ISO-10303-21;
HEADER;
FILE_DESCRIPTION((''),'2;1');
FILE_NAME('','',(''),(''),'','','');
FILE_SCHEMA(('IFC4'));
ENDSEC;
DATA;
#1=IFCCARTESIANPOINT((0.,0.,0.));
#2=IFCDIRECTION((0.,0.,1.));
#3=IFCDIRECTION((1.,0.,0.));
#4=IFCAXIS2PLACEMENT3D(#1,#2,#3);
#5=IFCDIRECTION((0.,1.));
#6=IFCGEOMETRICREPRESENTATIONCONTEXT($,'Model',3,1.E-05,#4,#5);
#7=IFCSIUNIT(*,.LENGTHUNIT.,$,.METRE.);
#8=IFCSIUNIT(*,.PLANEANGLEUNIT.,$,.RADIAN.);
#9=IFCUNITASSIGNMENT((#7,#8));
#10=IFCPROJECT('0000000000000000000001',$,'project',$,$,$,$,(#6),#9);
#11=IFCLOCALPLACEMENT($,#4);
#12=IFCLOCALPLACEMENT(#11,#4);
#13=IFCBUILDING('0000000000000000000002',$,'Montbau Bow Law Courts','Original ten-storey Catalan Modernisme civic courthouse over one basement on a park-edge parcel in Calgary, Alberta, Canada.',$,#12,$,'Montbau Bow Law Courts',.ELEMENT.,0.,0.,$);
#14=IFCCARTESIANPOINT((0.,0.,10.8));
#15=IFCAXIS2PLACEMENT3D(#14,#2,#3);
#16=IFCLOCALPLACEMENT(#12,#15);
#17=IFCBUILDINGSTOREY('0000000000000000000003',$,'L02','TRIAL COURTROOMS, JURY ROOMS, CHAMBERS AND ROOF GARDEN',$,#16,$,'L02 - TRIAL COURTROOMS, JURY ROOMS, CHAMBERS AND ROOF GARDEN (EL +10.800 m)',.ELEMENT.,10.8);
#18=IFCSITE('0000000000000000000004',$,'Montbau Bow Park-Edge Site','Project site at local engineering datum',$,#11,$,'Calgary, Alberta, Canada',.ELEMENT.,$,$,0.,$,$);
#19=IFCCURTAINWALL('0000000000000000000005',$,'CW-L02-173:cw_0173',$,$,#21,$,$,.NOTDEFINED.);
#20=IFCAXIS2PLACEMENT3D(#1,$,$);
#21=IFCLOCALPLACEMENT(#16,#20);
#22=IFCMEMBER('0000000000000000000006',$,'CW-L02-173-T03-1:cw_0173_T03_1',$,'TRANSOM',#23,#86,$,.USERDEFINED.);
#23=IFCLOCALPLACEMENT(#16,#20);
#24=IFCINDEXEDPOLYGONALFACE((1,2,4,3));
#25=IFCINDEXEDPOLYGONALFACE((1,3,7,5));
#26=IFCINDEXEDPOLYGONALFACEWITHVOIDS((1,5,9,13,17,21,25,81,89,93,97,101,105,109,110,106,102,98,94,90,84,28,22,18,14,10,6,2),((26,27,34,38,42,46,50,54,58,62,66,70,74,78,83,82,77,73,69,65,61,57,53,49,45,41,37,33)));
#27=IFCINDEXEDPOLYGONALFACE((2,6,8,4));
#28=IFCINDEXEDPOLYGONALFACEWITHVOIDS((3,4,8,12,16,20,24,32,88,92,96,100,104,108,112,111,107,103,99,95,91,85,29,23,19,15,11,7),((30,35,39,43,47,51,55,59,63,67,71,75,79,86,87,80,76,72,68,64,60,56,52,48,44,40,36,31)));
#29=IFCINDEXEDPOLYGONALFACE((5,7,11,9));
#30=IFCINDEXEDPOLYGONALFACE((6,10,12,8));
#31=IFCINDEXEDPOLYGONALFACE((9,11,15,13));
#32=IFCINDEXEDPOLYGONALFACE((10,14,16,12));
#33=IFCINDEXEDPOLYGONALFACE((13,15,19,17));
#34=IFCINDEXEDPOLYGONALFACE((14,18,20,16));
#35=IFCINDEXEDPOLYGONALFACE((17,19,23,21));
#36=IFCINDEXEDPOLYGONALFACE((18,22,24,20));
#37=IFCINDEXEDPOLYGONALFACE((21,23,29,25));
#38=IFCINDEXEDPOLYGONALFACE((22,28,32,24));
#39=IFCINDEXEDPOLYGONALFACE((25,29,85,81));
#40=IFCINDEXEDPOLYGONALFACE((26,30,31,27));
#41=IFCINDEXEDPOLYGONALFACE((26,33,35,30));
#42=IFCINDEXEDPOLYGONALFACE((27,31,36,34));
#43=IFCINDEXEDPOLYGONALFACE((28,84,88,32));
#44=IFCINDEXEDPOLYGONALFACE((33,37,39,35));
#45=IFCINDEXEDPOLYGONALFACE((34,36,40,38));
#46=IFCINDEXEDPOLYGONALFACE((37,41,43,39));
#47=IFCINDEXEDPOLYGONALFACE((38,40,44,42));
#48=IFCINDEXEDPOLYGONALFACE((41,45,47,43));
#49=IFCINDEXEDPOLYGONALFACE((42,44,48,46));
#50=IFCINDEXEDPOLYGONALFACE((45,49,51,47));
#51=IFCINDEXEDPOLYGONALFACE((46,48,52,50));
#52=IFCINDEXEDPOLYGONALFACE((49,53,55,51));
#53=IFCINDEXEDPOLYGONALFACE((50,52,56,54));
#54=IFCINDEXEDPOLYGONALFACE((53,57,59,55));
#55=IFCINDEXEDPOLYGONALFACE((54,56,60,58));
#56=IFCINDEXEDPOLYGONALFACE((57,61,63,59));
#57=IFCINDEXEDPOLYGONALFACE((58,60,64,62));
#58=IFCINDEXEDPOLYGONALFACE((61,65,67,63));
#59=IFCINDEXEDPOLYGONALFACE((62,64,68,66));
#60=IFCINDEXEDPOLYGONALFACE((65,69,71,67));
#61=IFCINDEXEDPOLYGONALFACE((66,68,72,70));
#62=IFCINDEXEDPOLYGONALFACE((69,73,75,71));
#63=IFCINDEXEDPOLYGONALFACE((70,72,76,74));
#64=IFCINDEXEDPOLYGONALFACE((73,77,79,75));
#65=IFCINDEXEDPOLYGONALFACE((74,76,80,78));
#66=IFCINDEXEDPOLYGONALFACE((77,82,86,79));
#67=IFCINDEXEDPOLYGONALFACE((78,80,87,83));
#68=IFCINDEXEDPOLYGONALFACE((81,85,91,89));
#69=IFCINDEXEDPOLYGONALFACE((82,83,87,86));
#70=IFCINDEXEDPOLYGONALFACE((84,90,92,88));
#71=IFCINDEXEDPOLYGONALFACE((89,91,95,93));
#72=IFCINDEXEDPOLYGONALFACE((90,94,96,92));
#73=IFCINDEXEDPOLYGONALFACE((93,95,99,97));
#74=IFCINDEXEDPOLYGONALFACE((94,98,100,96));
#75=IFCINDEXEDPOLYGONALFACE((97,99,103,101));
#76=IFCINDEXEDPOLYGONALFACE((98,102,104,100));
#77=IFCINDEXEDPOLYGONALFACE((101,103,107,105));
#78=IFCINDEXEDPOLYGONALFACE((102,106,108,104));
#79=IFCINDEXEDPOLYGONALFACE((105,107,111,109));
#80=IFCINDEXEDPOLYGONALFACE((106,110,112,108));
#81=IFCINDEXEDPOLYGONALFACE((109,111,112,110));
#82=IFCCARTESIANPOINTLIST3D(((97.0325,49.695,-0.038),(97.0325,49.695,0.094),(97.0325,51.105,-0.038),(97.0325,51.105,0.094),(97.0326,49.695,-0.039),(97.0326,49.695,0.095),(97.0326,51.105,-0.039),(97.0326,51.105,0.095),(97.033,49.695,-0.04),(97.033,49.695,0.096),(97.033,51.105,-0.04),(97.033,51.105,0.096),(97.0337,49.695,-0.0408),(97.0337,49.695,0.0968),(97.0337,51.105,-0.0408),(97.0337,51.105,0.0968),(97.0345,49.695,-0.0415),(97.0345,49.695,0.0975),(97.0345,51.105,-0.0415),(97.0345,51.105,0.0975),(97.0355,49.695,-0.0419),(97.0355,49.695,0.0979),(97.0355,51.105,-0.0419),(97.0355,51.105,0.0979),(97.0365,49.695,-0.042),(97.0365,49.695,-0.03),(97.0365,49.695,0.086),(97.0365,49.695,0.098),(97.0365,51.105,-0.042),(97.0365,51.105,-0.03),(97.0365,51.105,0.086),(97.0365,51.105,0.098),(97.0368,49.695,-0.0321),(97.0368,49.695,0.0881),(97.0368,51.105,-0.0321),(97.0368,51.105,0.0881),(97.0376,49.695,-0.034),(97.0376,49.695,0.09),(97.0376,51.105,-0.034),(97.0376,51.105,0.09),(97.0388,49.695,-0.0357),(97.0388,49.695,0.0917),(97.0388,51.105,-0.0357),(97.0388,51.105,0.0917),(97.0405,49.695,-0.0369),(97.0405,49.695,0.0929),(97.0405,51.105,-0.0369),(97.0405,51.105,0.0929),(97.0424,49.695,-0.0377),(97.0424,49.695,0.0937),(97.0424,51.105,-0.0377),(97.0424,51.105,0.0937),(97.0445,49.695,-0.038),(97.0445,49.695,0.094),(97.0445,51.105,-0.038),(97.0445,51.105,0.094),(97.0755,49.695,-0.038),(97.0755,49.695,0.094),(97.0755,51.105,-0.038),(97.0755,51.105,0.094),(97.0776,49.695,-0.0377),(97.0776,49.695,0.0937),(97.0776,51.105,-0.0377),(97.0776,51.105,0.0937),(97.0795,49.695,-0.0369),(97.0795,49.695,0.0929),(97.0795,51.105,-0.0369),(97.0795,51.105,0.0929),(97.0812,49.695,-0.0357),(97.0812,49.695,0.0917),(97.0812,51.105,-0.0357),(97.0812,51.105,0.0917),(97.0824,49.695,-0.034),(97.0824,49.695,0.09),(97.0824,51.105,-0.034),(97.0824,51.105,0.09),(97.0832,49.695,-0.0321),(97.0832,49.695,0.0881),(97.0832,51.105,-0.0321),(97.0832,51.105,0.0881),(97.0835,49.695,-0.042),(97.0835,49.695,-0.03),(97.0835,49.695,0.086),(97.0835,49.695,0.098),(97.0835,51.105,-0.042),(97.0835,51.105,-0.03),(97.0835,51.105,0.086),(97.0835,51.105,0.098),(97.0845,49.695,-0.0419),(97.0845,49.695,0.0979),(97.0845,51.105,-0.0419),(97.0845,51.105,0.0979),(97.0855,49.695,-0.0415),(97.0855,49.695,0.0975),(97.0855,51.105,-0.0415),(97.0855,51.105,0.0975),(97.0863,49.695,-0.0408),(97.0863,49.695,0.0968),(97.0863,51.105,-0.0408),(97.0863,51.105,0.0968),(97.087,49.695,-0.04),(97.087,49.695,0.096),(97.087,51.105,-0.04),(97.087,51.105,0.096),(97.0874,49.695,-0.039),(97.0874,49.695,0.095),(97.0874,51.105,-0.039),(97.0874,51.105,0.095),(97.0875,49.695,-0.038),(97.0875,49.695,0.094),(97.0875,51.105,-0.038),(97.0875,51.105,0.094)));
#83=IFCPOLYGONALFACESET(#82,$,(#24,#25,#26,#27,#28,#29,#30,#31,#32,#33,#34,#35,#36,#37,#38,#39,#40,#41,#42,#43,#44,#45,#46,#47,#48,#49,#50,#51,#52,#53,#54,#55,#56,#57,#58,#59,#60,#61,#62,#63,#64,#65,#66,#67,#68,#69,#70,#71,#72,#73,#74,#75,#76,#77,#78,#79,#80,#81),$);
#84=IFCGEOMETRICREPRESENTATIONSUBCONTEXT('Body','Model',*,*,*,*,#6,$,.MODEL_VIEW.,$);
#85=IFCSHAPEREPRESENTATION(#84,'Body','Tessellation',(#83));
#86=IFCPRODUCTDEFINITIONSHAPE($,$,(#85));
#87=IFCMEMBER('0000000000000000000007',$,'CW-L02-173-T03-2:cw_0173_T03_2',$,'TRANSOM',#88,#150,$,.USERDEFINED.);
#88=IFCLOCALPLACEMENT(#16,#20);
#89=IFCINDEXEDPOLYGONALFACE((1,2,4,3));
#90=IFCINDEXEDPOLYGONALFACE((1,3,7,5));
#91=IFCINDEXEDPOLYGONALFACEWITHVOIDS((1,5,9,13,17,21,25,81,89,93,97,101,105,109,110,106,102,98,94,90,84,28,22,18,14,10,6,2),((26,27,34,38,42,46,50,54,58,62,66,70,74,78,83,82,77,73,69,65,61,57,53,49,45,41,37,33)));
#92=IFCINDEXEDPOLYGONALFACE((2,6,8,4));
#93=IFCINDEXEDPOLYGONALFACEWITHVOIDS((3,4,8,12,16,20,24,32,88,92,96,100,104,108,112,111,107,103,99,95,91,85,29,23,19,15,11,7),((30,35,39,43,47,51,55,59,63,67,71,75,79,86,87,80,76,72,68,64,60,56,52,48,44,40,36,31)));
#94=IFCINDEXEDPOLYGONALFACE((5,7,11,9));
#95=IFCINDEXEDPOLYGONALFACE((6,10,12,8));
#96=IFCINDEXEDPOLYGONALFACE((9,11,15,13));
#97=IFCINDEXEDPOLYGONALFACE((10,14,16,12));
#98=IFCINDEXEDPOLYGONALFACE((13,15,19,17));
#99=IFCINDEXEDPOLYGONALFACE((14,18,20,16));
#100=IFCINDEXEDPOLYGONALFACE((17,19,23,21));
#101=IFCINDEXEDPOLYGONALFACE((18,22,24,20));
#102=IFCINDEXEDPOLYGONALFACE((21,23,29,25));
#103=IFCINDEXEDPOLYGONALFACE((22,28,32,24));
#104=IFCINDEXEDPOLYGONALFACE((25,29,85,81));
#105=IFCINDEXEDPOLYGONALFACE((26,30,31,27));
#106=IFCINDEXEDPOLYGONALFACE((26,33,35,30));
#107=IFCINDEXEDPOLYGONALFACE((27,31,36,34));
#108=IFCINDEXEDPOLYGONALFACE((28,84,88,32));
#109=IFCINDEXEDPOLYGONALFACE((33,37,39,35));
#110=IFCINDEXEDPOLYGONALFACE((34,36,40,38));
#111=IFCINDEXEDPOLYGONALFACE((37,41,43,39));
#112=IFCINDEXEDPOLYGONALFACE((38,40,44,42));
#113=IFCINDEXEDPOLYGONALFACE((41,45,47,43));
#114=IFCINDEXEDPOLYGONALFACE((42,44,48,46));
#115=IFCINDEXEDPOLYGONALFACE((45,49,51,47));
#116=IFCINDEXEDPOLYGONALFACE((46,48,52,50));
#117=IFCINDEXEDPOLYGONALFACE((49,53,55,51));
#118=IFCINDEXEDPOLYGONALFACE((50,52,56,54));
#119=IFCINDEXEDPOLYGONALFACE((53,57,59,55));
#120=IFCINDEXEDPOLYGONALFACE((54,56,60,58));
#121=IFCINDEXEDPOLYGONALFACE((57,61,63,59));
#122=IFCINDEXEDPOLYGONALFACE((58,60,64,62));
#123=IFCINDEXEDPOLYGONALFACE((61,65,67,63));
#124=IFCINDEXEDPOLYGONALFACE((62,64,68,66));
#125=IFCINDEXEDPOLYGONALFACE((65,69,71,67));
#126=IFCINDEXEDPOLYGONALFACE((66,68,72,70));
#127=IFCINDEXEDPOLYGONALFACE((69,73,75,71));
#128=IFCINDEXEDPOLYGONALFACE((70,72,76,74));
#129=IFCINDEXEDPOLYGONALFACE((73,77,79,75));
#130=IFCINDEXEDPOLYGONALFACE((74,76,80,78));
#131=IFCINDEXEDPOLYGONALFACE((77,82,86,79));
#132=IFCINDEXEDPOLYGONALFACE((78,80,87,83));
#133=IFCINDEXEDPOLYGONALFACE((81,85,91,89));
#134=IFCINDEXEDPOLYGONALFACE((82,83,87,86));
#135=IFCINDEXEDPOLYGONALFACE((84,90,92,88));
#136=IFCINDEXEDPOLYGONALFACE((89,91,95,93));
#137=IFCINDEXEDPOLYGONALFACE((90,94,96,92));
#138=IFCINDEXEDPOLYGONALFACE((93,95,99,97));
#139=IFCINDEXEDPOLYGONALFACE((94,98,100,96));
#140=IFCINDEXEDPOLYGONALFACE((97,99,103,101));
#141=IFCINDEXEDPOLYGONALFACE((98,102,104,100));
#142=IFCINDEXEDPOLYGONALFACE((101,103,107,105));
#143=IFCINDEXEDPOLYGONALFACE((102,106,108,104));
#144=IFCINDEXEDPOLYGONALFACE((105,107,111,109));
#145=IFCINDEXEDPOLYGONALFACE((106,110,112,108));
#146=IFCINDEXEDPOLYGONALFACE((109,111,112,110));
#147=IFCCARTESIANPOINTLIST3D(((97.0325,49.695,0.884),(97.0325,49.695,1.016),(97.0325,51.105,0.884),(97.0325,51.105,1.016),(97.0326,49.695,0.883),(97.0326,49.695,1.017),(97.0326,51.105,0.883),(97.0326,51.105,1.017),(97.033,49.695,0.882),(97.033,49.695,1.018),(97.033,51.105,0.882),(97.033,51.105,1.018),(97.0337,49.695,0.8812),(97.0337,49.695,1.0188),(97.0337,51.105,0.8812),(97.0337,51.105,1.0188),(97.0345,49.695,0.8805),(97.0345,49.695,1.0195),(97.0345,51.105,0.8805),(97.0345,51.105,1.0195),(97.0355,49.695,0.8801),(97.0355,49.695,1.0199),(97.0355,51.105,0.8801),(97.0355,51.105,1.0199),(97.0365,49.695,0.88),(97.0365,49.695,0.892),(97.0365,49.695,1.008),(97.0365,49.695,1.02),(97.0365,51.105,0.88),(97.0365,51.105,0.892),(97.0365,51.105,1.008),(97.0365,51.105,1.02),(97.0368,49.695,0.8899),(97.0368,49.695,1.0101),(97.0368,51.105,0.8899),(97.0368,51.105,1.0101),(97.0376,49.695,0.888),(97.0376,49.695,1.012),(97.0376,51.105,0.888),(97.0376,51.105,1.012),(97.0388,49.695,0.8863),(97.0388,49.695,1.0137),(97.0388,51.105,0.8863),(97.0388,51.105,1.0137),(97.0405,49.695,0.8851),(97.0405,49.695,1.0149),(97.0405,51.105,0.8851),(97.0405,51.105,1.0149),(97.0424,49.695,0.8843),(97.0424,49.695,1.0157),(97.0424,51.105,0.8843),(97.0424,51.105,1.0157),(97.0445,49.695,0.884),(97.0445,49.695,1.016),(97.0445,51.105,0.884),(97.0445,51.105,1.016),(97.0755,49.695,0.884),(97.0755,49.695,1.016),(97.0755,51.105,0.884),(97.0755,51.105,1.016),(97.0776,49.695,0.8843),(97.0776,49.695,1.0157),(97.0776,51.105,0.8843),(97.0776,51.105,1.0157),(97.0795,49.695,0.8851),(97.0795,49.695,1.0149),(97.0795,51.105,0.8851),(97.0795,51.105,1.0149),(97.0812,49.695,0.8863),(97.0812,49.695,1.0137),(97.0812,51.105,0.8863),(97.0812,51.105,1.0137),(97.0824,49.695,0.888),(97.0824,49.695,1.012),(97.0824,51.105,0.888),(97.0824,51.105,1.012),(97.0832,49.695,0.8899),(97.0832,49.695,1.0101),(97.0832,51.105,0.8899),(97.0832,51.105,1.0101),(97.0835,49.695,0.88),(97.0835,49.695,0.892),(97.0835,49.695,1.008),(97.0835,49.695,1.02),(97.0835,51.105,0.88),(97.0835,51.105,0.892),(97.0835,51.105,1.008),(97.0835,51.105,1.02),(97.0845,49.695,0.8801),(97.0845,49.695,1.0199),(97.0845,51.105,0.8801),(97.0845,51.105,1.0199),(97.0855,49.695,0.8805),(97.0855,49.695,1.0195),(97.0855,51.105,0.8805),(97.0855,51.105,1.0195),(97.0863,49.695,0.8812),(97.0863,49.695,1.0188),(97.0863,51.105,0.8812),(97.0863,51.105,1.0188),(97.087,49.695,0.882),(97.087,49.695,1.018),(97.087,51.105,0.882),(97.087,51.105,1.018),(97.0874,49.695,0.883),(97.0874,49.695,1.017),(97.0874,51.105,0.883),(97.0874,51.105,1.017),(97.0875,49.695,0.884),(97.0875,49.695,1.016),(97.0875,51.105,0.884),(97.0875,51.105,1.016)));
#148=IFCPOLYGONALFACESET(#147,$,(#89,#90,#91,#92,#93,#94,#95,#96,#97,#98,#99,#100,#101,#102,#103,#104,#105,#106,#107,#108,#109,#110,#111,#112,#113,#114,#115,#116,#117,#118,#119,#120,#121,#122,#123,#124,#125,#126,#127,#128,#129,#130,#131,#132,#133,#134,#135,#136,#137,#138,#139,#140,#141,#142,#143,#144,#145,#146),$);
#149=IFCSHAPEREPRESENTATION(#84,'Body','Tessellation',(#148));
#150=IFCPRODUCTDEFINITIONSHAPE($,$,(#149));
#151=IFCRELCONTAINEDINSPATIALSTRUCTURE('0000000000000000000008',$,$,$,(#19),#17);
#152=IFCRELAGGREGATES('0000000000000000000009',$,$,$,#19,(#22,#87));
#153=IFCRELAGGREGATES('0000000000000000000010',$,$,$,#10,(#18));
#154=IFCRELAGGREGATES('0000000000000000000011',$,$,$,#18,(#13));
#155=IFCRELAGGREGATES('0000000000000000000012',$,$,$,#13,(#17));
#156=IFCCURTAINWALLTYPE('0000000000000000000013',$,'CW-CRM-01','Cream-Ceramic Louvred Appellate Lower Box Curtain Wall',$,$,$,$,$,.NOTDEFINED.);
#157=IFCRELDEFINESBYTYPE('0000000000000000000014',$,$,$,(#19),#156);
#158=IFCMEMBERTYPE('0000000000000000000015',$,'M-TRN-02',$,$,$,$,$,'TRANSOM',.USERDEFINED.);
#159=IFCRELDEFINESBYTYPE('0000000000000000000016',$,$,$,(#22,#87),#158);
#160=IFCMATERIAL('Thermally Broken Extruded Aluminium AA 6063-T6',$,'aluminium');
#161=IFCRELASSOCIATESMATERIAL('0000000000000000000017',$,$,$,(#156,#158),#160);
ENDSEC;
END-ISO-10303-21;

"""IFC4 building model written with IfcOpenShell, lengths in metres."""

from ifc_helpers import new_model, si_unit, direction, frame, origin_with_axes, origin_2d_with_axis, place, context, subcontext, project, spatial, hollow_rectangle, extrude, material, material_profile, profile_set, type_object, element, aggregate, save


model = new_model("IFC4")

# Units and contexts
model_context = context("Model", 3, precision=1e-05, world=origin_with_axes(), true_north=direction((0.0, 1.0)))
body_context = subcontext(model_context, "Body", "Model", "MODEL_VIEW")
ifc_project = project(units=[si_unit("LENGTHUNIT", "METRE"), si_unit("PLANEANGLEUNIT", "RADIAN")], contexts=[model_context])

# Site, building, storey
site_placement = place(None, origin_with_axes())
site = spatial("IfcSite", under=ifc_project, at=site_placement, Name="Montbau Bow Park-Edge Site", Description="Project site at local engineering datum", LongName="Calgary, Alberta, Canada", CompositionType="ELEMENT", RefElevation=0.0)
building_placement = place(site_placement, origin_with_axes())
building = spatial("IfcBuilding", under=site, at=building_placement, Name="Montbau Bow Law Courts", Description="Original ten-storey Catalan Modernisme civic courthouse over one basement on a park-edge parcel in Calgary, Alberta, Canada.", LongName="Montbau Bow Law Courts", CompositionType="ELEMENT", ElevationOfRefHeight=0.0, ElevationOfTerrain=0.0)
storey_placement = place(building_placement, frame((0.0, 0.0, 10.8), z_axis=(0.0, 0.0, 1.0), x_axis=(1.0, 0.0, 0.0)))
storey = spatial("IfcBuildingStorey", under=building, at=storey_placement, Name="L02", Description="TRIAL COURTROOMS, JURY ROOMS, CHAMBERS AND ROOF GARDEN", LongName="L02 - TRIAL COURTROOMS, JURY ROOMS, CHAMBERS AND ROOF GARDEN (EL +10.800 m)", CompositionType="ELEMENT", Elevation=10.8)

# Curtain wall, members
ifc_material_1 = material(Name="Thermally Broken Extruded Aluminium AA 6063-T6", Category="aluminium")
curtain_wall_type = type_object("IfcCurtainWallType", Name="CW-CRM-01", Description="Cream-Ceramic Louvred Appellate Lower Box Curtain Wall", PredefinedType="NOTDEFINED", material=ifc_material_1)
curtain_wall_placement = place(None, frame((97.06, 46.715, 10.8), z_axis=(0.0, 0.0, 1.0), x_axis=(1.0, 0.0, 0.0)))
curtain_wall = element("IfcCurtainWall", 1, at=curtain_wall_placement, inside=storey, type_object=curtain_wall_type, Name="CW-L02-173:cw_0173", PredefinedType="NOTDEFINED")
ifc_material_profile_1 = material_profile(ifc_material_1, hollow_rectangle(XDim=0.055, YDim=0.14, WallThickness=0.004, InnerFilletRadius=0.008, OuterFilletRadius=0.004, at=origin_2d_with_axis()), Name="CWT-140X55", Category="Main", Priority=0)
ifc_profile_set_1 = profile_set([ifc_material_profile_1], Name="Thermally Broken Extruded Aluminium AA 6063-T6")
member_type_1 = type_object("IfcMemberType", Name="M-TRN-02", ElementType="TRANSOM", PredefinedType="USERDEFINED", material=ifc_profile_set_1)
member_1_placement = place(None, frame((97.06, 49.695, 10.828), z_axis=(0.0, 1.0, 0.0), x_axis=(-1.0, 0.0, 0.0)))
member_1 = element("IfcMember", 2, at=member_1_placement, type_object=member_type_1, Name="CW-L02-173-T03-1:cw_0173_T03_1", ObjectType="TRANSOM", PredefinedType="USERDEFINED", context=body_context, shape_type="SweptSolid", body=[
    extrude(hollow_rectangle(XDim=0.055, YDim=0.14, WallThickness=0.004, InnerFilletRadius=0.008, OuterFilletRadius=0.004, at=origin_2d_with_axis()), origin_with_axes(), (0.0, 0.0, 1.0), 1.41),
])
member_2_placement = place(None, frame((97.06, 49.695, 11.75), z_axis=(0.0, 1.0, 0.0), x_axis=(-1.0, 0.0, 0.0)))
member_2 = element("IfcMember", 3, at=member_2_placement, type_object=member_type_1, Name="CW-L02-173-T03-2:cw_0173_T03_2", ObjectType="TRANSOM", PredefinedType="USERDEFINED", context=body_context, shape_type="SweptSolid", body=[
    extrude(hollow_rectangle(XDim=0.055, YDim=0.14, WallThickness=0.004, InnerFilletRadius=0.008, OuterFilletRadius=0.004, at=origin_2d_with_axis()), origin_with_axes(), (0.0, 0.0, 1.0), 1.41),
])
aggregate(curtain_wall, [member_1, member_2])

save(model, "model.ifc")
